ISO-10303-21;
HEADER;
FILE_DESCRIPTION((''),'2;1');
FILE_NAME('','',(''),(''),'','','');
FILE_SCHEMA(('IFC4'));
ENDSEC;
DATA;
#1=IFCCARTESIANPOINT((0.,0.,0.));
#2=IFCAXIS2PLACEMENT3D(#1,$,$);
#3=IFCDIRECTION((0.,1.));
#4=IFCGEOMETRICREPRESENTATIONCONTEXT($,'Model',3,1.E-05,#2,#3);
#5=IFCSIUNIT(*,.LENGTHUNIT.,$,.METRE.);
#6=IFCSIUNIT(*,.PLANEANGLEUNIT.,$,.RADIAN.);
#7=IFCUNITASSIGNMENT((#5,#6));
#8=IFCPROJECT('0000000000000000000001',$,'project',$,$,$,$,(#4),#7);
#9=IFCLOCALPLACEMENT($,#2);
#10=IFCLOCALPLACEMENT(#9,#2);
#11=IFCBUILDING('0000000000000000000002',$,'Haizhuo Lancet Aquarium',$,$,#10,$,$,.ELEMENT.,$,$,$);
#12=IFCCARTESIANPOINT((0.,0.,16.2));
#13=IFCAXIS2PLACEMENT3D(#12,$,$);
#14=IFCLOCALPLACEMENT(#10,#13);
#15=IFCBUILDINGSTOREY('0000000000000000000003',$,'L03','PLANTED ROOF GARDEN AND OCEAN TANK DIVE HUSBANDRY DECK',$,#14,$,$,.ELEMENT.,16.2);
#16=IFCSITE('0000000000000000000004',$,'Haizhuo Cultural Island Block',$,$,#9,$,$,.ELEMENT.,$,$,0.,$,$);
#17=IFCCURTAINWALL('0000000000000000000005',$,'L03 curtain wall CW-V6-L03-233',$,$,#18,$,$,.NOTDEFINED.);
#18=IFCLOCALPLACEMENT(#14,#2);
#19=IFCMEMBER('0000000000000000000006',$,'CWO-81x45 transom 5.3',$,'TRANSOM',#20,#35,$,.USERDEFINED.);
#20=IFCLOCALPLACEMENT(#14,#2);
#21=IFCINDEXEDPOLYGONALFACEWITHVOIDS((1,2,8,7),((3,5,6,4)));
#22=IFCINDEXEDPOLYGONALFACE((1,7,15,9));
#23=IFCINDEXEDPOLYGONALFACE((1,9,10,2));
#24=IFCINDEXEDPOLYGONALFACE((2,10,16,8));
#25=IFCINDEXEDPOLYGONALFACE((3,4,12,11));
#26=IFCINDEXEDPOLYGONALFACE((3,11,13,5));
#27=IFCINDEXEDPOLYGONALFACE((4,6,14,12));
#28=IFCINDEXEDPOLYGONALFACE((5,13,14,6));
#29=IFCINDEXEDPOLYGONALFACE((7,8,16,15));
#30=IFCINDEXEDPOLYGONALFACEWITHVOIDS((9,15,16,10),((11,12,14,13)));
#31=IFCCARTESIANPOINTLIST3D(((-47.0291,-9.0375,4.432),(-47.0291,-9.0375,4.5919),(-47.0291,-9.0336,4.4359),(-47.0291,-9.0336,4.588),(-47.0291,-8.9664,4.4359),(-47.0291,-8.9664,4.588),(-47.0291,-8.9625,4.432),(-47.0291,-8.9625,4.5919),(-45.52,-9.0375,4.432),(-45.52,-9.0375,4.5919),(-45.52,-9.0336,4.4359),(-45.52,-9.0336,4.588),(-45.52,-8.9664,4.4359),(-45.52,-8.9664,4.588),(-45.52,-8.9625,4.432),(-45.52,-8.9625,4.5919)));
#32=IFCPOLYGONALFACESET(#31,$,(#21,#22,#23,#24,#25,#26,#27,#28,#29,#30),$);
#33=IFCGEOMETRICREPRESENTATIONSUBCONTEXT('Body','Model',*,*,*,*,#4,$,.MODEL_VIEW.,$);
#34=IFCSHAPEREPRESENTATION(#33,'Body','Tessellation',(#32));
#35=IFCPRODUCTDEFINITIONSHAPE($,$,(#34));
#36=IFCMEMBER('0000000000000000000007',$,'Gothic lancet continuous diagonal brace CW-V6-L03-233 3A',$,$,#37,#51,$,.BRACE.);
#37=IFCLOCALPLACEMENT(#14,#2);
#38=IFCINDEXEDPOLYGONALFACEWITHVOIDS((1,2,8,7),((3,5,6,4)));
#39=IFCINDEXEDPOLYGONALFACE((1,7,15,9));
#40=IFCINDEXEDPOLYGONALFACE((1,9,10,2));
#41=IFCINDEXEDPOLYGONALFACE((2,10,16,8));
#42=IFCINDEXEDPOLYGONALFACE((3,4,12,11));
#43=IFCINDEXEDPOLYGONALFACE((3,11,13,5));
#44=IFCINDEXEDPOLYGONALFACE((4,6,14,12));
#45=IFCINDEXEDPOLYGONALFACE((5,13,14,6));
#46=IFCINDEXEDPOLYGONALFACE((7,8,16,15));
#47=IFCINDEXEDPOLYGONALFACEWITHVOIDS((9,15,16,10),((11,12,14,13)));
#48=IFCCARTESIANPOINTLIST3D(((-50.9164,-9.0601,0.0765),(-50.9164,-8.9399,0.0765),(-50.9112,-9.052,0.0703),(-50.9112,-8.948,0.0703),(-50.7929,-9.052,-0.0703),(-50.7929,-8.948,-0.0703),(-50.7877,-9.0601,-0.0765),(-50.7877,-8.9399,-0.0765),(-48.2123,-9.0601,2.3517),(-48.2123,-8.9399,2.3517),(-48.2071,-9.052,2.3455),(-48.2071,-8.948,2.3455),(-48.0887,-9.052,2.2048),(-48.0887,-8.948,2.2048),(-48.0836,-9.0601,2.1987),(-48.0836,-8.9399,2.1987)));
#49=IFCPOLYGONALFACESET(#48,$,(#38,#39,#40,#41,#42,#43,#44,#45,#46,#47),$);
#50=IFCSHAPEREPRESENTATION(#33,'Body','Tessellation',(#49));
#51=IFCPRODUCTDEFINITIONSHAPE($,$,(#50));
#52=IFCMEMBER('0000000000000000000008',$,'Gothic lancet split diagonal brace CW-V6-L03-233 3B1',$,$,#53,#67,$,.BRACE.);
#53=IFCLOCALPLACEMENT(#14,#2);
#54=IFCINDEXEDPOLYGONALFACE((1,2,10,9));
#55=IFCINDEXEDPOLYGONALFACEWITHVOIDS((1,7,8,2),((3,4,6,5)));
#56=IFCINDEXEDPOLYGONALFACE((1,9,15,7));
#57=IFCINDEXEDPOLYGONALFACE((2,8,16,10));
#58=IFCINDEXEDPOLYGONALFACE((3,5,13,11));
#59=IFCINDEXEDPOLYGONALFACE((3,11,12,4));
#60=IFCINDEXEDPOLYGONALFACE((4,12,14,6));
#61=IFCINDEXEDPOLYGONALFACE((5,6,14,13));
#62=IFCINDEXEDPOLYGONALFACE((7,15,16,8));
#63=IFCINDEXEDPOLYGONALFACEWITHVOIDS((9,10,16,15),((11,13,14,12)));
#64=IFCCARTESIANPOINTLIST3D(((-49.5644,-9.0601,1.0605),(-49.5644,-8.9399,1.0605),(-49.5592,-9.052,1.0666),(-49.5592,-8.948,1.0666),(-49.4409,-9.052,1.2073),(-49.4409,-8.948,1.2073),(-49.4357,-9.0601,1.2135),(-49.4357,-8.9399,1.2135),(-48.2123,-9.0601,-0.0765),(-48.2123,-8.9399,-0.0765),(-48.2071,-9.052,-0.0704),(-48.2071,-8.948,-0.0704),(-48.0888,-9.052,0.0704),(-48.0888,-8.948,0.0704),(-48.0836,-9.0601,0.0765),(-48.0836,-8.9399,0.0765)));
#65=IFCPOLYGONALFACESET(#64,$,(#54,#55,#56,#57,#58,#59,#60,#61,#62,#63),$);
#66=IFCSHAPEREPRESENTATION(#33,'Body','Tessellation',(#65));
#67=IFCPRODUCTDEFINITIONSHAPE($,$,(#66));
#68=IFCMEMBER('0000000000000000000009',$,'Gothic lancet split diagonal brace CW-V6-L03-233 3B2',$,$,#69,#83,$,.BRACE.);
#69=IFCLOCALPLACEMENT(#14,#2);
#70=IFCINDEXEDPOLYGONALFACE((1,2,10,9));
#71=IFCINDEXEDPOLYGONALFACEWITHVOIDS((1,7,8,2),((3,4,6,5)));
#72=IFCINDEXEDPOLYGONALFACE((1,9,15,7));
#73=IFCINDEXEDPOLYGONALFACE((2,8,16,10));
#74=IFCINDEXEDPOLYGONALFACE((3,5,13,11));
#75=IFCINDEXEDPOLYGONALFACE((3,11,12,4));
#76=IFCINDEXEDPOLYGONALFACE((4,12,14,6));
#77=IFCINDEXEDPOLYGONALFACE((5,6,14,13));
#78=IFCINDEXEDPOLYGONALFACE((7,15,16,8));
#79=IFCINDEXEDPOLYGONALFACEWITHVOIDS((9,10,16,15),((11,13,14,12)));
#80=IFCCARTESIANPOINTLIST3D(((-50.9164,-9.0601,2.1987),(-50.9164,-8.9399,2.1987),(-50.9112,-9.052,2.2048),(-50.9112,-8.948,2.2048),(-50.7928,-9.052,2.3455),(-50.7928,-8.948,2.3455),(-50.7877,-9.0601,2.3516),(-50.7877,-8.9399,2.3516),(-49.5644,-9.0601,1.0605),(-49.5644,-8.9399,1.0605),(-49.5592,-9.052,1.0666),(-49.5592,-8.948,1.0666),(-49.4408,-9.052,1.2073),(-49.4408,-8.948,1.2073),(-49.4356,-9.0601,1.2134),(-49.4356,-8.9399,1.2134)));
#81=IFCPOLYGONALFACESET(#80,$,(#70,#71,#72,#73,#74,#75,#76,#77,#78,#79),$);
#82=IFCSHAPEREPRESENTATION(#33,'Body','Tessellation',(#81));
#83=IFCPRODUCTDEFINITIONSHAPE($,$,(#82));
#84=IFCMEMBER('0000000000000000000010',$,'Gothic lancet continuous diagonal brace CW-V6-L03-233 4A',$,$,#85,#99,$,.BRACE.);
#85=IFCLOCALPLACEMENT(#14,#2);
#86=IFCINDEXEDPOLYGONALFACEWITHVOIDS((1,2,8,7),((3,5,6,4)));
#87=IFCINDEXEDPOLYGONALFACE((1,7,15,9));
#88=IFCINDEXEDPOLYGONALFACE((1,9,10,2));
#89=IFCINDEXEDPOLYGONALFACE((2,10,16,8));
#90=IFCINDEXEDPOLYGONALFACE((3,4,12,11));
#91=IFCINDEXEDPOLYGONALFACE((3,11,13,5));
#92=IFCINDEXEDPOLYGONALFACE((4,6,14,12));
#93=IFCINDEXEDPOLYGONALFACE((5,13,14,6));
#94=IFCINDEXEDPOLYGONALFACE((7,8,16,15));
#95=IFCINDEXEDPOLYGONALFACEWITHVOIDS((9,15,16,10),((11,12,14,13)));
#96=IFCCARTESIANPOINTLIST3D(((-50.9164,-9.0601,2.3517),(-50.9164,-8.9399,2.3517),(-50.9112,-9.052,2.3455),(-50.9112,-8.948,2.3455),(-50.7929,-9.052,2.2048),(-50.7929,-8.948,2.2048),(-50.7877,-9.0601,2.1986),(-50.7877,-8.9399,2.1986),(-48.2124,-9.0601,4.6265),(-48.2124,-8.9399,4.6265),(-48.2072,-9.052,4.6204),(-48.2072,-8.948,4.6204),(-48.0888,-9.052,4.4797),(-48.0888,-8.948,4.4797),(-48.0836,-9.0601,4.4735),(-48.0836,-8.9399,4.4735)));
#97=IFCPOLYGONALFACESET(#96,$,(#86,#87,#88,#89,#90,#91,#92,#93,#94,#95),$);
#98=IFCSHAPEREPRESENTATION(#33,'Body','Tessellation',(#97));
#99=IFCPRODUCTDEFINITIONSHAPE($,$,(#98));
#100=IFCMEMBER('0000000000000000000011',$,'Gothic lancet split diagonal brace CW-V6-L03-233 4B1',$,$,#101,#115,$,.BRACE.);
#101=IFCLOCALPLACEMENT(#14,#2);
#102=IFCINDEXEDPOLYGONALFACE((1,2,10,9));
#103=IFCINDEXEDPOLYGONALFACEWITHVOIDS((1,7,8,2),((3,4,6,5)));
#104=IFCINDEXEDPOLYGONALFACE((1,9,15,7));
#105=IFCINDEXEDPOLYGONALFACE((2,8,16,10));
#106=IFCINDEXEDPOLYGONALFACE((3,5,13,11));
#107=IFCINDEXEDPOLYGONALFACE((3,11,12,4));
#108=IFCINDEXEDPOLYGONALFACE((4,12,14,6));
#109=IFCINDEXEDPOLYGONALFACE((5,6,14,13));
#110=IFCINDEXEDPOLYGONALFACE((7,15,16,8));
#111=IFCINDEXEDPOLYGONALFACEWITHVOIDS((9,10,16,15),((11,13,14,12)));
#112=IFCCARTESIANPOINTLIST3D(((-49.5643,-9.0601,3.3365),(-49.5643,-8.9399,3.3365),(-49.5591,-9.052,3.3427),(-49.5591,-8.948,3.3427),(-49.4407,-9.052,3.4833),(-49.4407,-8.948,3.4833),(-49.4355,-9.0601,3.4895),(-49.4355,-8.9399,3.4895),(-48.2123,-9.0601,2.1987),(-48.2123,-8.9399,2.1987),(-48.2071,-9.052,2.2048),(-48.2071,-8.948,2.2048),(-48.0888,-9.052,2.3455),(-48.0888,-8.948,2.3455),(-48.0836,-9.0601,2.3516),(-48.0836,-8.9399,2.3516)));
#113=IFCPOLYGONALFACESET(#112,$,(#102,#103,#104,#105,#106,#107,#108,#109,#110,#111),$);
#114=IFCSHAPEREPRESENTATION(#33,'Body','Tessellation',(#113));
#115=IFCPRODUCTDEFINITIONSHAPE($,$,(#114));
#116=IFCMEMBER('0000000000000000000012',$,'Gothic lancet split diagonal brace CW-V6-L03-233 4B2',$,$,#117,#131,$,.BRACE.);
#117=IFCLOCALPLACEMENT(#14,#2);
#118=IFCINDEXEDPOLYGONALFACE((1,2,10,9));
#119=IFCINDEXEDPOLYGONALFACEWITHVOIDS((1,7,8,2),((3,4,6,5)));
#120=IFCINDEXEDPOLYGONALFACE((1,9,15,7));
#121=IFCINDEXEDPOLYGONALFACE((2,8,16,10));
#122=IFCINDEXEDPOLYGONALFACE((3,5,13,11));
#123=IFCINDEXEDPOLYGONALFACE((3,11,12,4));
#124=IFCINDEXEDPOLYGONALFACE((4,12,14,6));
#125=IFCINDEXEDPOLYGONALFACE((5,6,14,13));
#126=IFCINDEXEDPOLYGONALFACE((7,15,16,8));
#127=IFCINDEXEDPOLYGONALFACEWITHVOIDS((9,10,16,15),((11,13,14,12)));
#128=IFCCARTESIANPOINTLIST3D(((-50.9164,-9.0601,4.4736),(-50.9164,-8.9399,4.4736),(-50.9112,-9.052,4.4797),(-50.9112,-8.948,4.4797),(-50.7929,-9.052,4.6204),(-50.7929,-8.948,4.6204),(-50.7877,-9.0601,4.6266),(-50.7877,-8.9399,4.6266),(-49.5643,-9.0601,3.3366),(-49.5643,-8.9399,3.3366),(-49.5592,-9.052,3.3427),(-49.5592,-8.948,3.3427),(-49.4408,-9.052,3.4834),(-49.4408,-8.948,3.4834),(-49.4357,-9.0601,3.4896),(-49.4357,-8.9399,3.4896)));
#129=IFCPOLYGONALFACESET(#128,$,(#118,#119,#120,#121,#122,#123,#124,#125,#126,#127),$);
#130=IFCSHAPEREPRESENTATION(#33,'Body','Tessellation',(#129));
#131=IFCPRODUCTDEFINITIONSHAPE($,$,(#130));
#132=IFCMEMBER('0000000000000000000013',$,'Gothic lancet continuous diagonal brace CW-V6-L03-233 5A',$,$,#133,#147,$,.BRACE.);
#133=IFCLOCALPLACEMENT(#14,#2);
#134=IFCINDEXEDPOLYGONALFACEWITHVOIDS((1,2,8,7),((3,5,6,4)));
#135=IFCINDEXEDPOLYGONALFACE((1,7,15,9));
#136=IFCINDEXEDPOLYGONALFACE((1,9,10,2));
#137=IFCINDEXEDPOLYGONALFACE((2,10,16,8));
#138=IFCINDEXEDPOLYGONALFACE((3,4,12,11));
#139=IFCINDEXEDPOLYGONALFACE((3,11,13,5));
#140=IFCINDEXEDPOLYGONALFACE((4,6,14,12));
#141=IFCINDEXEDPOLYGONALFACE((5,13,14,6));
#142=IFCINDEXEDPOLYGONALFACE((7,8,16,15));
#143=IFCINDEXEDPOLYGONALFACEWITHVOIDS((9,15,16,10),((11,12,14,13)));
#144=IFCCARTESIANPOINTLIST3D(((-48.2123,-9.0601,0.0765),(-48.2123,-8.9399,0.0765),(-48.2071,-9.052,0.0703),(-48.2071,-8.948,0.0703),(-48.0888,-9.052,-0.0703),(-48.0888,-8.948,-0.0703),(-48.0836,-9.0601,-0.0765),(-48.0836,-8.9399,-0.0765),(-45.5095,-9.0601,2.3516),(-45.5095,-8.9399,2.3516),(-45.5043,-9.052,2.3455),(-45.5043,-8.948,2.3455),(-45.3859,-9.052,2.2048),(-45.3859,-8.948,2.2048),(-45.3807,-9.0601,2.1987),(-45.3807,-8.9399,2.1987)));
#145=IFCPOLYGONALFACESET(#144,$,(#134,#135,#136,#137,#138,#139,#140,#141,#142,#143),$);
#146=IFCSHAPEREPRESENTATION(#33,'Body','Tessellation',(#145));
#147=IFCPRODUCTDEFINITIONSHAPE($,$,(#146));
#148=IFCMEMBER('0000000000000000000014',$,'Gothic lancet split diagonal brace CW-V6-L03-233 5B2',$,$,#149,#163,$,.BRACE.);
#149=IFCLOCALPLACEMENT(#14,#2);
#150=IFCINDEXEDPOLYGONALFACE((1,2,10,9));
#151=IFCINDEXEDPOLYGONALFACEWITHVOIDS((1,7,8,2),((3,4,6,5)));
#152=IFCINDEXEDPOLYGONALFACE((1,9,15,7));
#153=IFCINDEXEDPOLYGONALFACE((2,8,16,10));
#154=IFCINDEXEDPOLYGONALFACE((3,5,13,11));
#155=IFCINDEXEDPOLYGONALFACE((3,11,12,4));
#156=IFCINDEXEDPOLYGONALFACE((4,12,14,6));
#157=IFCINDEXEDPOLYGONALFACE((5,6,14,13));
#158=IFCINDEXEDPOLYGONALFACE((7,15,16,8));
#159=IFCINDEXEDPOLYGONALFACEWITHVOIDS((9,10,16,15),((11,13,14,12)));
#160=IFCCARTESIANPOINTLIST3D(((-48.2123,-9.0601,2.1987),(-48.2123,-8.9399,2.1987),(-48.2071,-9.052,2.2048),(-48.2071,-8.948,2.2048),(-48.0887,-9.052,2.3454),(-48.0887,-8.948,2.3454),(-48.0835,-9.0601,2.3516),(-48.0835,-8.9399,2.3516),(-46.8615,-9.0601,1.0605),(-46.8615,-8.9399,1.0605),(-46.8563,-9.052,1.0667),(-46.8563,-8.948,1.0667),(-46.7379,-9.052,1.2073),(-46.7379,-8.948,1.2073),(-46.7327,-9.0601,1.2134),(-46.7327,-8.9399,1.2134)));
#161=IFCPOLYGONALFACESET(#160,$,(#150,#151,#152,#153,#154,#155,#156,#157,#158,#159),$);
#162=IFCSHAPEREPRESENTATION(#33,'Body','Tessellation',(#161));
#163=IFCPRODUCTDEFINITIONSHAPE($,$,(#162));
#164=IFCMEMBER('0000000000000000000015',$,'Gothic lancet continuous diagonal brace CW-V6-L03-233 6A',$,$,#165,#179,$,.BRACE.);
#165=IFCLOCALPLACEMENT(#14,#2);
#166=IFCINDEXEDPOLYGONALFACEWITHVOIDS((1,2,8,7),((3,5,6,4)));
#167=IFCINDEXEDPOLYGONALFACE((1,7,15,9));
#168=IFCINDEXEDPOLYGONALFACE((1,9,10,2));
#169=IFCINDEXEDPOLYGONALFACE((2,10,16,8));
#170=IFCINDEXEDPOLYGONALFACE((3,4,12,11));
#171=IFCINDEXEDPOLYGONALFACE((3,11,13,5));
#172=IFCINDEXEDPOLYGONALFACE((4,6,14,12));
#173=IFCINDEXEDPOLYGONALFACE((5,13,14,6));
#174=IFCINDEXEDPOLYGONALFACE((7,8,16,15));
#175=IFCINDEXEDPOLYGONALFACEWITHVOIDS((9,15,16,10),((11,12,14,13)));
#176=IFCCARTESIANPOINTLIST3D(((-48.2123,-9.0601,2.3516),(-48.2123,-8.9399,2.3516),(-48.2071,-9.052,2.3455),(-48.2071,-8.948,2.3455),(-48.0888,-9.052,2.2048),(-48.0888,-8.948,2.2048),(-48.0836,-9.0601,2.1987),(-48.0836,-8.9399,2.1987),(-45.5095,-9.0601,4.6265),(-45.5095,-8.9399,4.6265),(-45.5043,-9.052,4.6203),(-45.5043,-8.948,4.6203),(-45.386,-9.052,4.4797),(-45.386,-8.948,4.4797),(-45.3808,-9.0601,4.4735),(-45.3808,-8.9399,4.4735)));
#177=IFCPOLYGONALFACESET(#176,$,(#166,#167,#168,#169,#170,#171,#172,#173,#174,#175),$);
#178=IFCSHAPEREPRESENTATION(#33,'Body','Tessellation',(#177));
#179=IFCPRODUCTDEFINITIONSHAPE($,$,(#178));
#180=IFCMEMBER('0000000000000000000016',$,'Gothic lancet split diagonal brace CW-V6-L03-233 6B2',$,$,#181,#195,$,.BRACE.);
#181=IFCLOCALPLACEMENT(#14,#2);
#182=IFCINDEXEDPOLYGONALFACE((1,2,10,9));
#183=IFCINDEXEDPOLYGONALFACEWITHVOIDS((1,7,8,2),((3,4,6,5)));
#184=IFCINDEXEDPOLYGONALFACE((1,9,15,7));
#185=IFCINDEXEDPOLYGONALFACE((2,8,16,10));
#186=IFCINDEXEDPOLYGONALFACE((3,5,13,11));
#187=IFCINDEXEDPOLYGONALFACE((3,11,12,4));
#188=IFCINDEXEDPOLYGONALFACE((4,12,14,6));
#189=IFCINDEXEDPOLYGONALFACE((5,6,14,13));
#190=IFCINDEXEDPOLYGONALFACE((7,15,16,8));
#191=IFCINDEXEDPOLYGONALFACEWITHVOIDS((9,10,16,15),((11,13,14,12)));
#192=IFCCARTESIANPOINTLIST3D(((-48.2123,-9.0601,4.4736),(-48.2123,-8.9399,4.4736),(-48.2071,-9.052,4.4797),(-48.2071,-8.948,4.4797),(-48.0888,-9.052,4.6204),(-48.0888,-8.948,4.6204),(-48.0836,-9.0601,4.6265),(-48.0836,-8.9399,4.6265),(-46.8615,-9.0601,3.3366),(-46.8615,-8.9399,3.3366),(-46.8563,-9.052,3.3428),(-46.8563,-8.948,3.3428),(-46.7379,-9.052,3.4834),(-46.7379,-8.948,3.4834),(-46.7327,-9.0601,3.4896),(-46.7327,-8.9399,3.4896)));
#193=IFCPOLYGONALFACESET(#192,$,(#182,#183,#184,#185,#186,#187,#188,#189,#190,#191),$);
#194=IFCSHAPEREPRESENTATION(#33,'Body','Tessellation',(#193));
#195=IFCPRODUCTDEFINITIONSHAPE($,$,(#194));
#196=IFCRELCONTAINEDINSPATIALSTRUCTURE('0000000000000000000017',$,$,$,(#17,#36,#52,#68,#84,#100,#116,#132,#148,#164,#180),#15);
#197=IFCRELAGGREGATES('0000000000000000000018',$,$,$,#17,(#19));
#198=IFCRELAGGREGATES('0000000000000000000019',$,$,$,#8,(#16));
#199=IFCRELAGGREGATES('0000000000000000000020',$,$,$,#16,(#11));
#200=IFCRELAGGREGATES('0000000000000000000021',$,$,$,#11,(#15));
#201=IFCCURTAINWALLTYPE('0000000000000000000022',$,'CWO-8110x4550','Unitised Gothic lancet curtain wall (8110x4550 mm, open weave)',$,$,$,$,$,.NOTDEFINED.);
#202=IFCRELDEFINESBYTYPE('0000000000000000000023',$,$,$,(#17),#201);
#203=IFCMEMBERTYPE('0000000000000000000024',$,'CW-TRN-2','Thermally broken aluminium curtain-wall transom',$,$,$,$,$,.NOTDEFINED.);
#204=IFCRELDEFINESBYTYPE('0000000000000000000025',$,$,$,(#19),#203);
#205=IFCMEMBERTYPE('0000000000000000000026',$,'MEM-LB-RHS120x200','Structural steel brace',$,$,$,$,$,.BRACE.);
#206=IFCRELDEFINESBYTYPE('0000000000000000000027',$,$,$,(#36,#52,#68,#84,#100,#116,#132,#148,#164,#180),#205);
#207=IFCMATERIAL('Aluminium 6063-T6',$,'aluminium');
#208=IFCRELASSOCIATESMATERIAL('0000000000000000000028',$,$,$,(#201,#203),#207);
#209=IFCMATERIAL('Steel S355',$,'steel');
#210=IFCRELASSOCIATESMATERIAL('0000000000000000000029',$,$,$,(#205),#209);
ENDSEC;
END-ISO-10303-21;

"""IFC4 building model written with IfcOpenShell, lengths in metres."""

from ifc_helpers import new_model, si_unit, direction, frame, origin, origin_2d, place, context, subcontext, project, spatial, hollow_rectangle, extrude, material, material_profile, profile_set, type_object, element, aggregate, save


model = new_model("IFC4")

# Units and contexts
model_context = context("Model", 3, precision=1e-05, world=origin(), true_north=direction((0.0, 1.0)))
body_context = subcontext(model_context, "Body", "Model", "MODEL_VIEW")
ifc_project = project(units=[si_unit("LENGTHUNIT", "METRE"), si_unit("PLANEANGLEUNIT", "RADIAN")], contexts=[model_context])

# Site, building, storey
site_placement = place(None, origin())
site = spatial("IfcSite", under=ifc_project, at=site_placement, Name="Haizhuo Cultural Island Block", CompositionType="ELEMENT", RefElevation=0.0)
building_placement = place(site_placement, origin())
building = spatial("IfcBuilding", under=site, at=building_placement, Name="Haizhuo Lancet Aquarium", CompositionType="ELEMENT")
storey_placement = place(building_placement, frame((0.0, 0.0, 16.2)))
storey = spatial("IfcBuildingStorey", under=building, at=storey_placement, Name="L03", Description="PLANTED ROOF GARDEN AND OCEAN TANK DIVE HUSBANDRY DECK", CompositionType="ELEMENT", Elevation=16.2)

# Curtain wall, member
ifc_material_1 = material(Name="Aluminium 6063-T6", Category="aluminium")
curtain_wall_type = type_object("IfcCurtainWallType", Name="CWO-8110x4550", Description="Unitised Gothic lancet curtain wall (8110x4550 mm, open weave)", PredefinedType="NOTDEFINED", material=ifc_material_1)
curtain_wall_placement = place(storey_placement, origin())
curtain_wall = element("IfcCurtainWall", 1, at=curtain_wall_placement, inside=storey, type_object=curtain_wall_type, Name="L03 curtain wall CW-V6-L03-233", PredefinedType="NOTDEFINED")
ifc_material_profile_1 = material_profile(ifc_material_1, hollow_rectangle(XDim=0.075, YDim=0.1599, WallThickness=0.0039, at=origin_2d()), Name="ALU-T 75x160x4")
ifc_profile_set_1 = profile_set([ifc_material_profile_1], Name="Aluminium 6063-T6")
member_type_1 = type_object("IfcMemberType", Name="CW-TRN-2", Description="Thermally broken aluminium curtain-wall transom", PredefinedType="NOTDEFINED", material=ifc_profile_set_1)
member_1_placement = place(storey_placement, frame((-47.0291, -9.0, 4.512), z_axis=(1.0, 0.0, 0.0), x_axis=(0.0, 1.0, 0.0)))
member_1 = element("IfcMember", 2, at=member_1_placement, type_object=member_type_1, Name="CWO-81x45 transom 5.3", ObjectType="TRANSOM", PredefinedType="USERDEFINED", context=body_context, shape_type="SweptSolid", body=[
    extrude(hollow_rectangle(XDim=0.075, YDim=0.1599, WallThickness=0.0039, at=origin_2d()), origin(), (0.0, 0.0, 1.0), 1.509),
])

# Members
ifc_material_2 = material(Name="Steel S355", Category="steel")
ifc_material_profile_2 = material_profile(ifc_material_2, hollow_rectangle(XDim=0.1201, YDim=0.2, WallThickness=0.0081, at=origin_2d()), Name="RHS 120x200x8")
ifc_profile_set_2 = profile_set([ifc_material_profile_2], Name="Steel S355")
member_type_2 = type_object("IfcMemberType", Name="MEM-LB-RHS120x200", Description="Structural steel brace", PredefinedType="BRACE", material=ifc_profile_set_2)
member_2_placement = place(storey_placement, frame((-50.8521, -9.0, 0.0), z_axis=(0.765189, 0.0, 0.643806), x_axis=(0.0, 1.0, 0.0)))
element("IfcMember", 3, at=member_2_placement, inside=storey, type_object=member_type_2, Name="Gothic lancet continuous diagonal brace CW-V6-L03-233 3A", PredefinedType="BRACE", context=body_context, shape_type="SweptSolid", body=[
    extrude(hollow_rectangle(XDim=0.1201, YDim=0.2, WallThickness=0.0081, at=origin_2d()), origin(), (0.0, 0.0, 1.0), 3.5339),
])
member_3_placement = place(storey_placement, frame((-48.1479, -9.0, 0.0), z_axis=(-0.765359, 0.0, 0.643604), x_axis=(0.0, -1.0, 0.0)))
element("IfcMember", 4, at=member_3_placement, inside=storey, type_object=member_type_2, Name="Gothic lancet split diagonal brace CW-V6-L03-233 3B1", PredefinedType="BRACE", context=body_context, shape_type="SweptSolid", body=[
    extrude(hollow_rectangle(XDim=0.1201, YDim=0.2, WallThickness=0.0081, at=origin_2d()), origin(), (0.0, 0.0, 1.0), 1.7666),
])
member_4_placement = place(storey_placement, frame((-49.5, -9.0, 1.137), z_axis=(-0.765019, 0.0, 0.644008), x_axis=(0.0, -1.0, 0.0)))
element("IfcMember", 5, at=member_4_placement, inside=storey, type_object=member_type_2, Name="Gothic lancet split diagonal brace CW-V6-L03-233 3B2", PredefinedType="BRACE", context=body_context, shape_type="SweptSolid", body=[
    extrude(hollow_rectangle(XDim=0.1201, YDim=0.2, WallThickness=0.0081, at=origin_2d()), origin(), (0.0, 0.0, 1.0), 1.7673),
])
member_5_placement = place(storey_placement, frame((-50.8521, -9.0, 2.2751), z_axis=(0.765223, 0.0, 0.643765), x_axis=(0.0, 1.0, 0.0)))
element("IfcMember", 6, at=member_5_placement, inside=storey, type_object=member_type_2, Name="Gothic lancet continuous diagonal brace CW-V6-L03-233 4A", PredefinedType="BRACE", context=body_context, shape_type="SweptSolid", body=[
    extrude(hollow_rectangle(XDim=0.1201, YDim=0.2, WallThickness=0.0081, at=origin_2d()), origin(), (0.0, 0.0, 1.0), 3.5337),
])
member_6_placement = place(storey_placement, frame((-48.1479, -9.0, 2.2751), z_axis=(-0.765087, 0.0, 0.643927), x_axis=(0.0, -1.0, 0.0)))
element("IfcMember", 7, at=member_6_placement, inside=storey, type_object=member_type_2, Name="Gothic lancet split diagonal brace CW-V6-L03-233 4B1", PredefinedType="BRACE", context=body_context, shape_type="SweptSolid", body=[
    extrude(hollow_rectangle(XDim=0.1201, YDim=0.2, WallThickness=0.0081, at=origin_2d()), origin(), (0.0, 0.0, 1.0), 1.7671),
])
member_7_placement = place(storey_placement, frame((-49.5, -9.0, 3.4131), z_axis=(-0.765359, 0.0, 0.643604), x_axis=(0.0, -1.0, 0.0)))
element("IfcMember", 8, at=member_7_placement, inside=storey, type_object=member_type_2, Name="Gothic lancet split diagonal brace CW-V6-L03-233 4B2", PredefinedType="BRACE", context=body_context, shape_type="SweptSolid", body=[
    extrude(hollow_rectangle(XDim=0.1201, YDim=0.2, WallThickness=0.0081, at=origin_2d()), origin(), (0.0, 0.0, 1.0), 1.7666),
])
member_8_placement = place(storey_placement, frame((-48.1479, -9.0, 0.0), z_axis=(0.765046, 0.0, 0.643976), x_axis=(0.0, 1.0, 0.0)))
element("IfcMember", 9, at=member_8_placement, inside=storey, type_object=member_type_2, Name="Gothic lancet continuous diagonal brace CW-V6-L03-233 5A", PredefinedType="BRACE", context=body_context, shape_type="SweptSolid", body=[
    extrude(hollow_rectangle(XDim=0.1201, YDim=0.2, WallThickness=0.0081, at=origin_2d()), origin(), (0.0, 0.0, 1.0), 3.533),
])
member_9_placement = place(storey_placement, frame((-46.7971, -9.0, 1.137), z_axis=(-0.764732, 0.0, 0.644349), x_axis=(0.0, -1.0, 0.0)))
element("IfcMember", 10, at=member_9_placement, inside=storey, type_object=member_type_2, Name="Gothic lancet split diagonal brace CW-V6-L03-233 5B2", PredefinedType="BRACE", context=body_context, shape_type="SweptSolid", body=[
    extrude(hollow_rectangle(XDim=0.1201, YDim=0.2, WallThickness=0.0081, at=origin_2d()), origin(), (0.0, 0.0, 1.0), 1.7664),
])
member_10_placement = place(storey_placement, frame((-48.1479, -9.0, 2.2751), z_axis=(0.76508, 0.0, 0.643936), x_axis=(0.0, 1.0, 0.0)))
element("IfcMember", 11, at=member_10_placement, inside=storey, type_object=member_type_2, Name="Gothic lancet continuous diagonal brace CW-V6-L03-233 6A", PredefinedType="BRACE", context=body_context, shape_type="SweptSolid", body=[
    extrude(hollow_rectangle(XDim=0.1201, YDim=0.2, WallThickness=0.0081, at=origin_2d()), origin(), (0.0, 0.0, 1.0), 3.5327),
])
member_11_placement = place(storey_placement, frame((-46.7971, -9.0, 3.4131), z_axis=(-0.765073, 0.0, 0.643944), x_axis=(0.0, -1.0, 0.0)))
element("IfcMember", 12, at=member_11_placement, inside=storey, type_object=member_type_2, Name="Gothic lancet split diagonal brace CW-V6-L03-233 6B2", PredefinedType="BRACE", context=body_context, shape_type="SweptSolid", body=[
    extrude(hollow_rectangle(XDim=0.1201, YDim=0.2, WallThickness=0.0081, at=origin_2d()), origin(), (0.0, 0.0, 1.0), 1.7656),
])

aggregate(curtain_wall, [member_1])

save(model, "model.ifc")
